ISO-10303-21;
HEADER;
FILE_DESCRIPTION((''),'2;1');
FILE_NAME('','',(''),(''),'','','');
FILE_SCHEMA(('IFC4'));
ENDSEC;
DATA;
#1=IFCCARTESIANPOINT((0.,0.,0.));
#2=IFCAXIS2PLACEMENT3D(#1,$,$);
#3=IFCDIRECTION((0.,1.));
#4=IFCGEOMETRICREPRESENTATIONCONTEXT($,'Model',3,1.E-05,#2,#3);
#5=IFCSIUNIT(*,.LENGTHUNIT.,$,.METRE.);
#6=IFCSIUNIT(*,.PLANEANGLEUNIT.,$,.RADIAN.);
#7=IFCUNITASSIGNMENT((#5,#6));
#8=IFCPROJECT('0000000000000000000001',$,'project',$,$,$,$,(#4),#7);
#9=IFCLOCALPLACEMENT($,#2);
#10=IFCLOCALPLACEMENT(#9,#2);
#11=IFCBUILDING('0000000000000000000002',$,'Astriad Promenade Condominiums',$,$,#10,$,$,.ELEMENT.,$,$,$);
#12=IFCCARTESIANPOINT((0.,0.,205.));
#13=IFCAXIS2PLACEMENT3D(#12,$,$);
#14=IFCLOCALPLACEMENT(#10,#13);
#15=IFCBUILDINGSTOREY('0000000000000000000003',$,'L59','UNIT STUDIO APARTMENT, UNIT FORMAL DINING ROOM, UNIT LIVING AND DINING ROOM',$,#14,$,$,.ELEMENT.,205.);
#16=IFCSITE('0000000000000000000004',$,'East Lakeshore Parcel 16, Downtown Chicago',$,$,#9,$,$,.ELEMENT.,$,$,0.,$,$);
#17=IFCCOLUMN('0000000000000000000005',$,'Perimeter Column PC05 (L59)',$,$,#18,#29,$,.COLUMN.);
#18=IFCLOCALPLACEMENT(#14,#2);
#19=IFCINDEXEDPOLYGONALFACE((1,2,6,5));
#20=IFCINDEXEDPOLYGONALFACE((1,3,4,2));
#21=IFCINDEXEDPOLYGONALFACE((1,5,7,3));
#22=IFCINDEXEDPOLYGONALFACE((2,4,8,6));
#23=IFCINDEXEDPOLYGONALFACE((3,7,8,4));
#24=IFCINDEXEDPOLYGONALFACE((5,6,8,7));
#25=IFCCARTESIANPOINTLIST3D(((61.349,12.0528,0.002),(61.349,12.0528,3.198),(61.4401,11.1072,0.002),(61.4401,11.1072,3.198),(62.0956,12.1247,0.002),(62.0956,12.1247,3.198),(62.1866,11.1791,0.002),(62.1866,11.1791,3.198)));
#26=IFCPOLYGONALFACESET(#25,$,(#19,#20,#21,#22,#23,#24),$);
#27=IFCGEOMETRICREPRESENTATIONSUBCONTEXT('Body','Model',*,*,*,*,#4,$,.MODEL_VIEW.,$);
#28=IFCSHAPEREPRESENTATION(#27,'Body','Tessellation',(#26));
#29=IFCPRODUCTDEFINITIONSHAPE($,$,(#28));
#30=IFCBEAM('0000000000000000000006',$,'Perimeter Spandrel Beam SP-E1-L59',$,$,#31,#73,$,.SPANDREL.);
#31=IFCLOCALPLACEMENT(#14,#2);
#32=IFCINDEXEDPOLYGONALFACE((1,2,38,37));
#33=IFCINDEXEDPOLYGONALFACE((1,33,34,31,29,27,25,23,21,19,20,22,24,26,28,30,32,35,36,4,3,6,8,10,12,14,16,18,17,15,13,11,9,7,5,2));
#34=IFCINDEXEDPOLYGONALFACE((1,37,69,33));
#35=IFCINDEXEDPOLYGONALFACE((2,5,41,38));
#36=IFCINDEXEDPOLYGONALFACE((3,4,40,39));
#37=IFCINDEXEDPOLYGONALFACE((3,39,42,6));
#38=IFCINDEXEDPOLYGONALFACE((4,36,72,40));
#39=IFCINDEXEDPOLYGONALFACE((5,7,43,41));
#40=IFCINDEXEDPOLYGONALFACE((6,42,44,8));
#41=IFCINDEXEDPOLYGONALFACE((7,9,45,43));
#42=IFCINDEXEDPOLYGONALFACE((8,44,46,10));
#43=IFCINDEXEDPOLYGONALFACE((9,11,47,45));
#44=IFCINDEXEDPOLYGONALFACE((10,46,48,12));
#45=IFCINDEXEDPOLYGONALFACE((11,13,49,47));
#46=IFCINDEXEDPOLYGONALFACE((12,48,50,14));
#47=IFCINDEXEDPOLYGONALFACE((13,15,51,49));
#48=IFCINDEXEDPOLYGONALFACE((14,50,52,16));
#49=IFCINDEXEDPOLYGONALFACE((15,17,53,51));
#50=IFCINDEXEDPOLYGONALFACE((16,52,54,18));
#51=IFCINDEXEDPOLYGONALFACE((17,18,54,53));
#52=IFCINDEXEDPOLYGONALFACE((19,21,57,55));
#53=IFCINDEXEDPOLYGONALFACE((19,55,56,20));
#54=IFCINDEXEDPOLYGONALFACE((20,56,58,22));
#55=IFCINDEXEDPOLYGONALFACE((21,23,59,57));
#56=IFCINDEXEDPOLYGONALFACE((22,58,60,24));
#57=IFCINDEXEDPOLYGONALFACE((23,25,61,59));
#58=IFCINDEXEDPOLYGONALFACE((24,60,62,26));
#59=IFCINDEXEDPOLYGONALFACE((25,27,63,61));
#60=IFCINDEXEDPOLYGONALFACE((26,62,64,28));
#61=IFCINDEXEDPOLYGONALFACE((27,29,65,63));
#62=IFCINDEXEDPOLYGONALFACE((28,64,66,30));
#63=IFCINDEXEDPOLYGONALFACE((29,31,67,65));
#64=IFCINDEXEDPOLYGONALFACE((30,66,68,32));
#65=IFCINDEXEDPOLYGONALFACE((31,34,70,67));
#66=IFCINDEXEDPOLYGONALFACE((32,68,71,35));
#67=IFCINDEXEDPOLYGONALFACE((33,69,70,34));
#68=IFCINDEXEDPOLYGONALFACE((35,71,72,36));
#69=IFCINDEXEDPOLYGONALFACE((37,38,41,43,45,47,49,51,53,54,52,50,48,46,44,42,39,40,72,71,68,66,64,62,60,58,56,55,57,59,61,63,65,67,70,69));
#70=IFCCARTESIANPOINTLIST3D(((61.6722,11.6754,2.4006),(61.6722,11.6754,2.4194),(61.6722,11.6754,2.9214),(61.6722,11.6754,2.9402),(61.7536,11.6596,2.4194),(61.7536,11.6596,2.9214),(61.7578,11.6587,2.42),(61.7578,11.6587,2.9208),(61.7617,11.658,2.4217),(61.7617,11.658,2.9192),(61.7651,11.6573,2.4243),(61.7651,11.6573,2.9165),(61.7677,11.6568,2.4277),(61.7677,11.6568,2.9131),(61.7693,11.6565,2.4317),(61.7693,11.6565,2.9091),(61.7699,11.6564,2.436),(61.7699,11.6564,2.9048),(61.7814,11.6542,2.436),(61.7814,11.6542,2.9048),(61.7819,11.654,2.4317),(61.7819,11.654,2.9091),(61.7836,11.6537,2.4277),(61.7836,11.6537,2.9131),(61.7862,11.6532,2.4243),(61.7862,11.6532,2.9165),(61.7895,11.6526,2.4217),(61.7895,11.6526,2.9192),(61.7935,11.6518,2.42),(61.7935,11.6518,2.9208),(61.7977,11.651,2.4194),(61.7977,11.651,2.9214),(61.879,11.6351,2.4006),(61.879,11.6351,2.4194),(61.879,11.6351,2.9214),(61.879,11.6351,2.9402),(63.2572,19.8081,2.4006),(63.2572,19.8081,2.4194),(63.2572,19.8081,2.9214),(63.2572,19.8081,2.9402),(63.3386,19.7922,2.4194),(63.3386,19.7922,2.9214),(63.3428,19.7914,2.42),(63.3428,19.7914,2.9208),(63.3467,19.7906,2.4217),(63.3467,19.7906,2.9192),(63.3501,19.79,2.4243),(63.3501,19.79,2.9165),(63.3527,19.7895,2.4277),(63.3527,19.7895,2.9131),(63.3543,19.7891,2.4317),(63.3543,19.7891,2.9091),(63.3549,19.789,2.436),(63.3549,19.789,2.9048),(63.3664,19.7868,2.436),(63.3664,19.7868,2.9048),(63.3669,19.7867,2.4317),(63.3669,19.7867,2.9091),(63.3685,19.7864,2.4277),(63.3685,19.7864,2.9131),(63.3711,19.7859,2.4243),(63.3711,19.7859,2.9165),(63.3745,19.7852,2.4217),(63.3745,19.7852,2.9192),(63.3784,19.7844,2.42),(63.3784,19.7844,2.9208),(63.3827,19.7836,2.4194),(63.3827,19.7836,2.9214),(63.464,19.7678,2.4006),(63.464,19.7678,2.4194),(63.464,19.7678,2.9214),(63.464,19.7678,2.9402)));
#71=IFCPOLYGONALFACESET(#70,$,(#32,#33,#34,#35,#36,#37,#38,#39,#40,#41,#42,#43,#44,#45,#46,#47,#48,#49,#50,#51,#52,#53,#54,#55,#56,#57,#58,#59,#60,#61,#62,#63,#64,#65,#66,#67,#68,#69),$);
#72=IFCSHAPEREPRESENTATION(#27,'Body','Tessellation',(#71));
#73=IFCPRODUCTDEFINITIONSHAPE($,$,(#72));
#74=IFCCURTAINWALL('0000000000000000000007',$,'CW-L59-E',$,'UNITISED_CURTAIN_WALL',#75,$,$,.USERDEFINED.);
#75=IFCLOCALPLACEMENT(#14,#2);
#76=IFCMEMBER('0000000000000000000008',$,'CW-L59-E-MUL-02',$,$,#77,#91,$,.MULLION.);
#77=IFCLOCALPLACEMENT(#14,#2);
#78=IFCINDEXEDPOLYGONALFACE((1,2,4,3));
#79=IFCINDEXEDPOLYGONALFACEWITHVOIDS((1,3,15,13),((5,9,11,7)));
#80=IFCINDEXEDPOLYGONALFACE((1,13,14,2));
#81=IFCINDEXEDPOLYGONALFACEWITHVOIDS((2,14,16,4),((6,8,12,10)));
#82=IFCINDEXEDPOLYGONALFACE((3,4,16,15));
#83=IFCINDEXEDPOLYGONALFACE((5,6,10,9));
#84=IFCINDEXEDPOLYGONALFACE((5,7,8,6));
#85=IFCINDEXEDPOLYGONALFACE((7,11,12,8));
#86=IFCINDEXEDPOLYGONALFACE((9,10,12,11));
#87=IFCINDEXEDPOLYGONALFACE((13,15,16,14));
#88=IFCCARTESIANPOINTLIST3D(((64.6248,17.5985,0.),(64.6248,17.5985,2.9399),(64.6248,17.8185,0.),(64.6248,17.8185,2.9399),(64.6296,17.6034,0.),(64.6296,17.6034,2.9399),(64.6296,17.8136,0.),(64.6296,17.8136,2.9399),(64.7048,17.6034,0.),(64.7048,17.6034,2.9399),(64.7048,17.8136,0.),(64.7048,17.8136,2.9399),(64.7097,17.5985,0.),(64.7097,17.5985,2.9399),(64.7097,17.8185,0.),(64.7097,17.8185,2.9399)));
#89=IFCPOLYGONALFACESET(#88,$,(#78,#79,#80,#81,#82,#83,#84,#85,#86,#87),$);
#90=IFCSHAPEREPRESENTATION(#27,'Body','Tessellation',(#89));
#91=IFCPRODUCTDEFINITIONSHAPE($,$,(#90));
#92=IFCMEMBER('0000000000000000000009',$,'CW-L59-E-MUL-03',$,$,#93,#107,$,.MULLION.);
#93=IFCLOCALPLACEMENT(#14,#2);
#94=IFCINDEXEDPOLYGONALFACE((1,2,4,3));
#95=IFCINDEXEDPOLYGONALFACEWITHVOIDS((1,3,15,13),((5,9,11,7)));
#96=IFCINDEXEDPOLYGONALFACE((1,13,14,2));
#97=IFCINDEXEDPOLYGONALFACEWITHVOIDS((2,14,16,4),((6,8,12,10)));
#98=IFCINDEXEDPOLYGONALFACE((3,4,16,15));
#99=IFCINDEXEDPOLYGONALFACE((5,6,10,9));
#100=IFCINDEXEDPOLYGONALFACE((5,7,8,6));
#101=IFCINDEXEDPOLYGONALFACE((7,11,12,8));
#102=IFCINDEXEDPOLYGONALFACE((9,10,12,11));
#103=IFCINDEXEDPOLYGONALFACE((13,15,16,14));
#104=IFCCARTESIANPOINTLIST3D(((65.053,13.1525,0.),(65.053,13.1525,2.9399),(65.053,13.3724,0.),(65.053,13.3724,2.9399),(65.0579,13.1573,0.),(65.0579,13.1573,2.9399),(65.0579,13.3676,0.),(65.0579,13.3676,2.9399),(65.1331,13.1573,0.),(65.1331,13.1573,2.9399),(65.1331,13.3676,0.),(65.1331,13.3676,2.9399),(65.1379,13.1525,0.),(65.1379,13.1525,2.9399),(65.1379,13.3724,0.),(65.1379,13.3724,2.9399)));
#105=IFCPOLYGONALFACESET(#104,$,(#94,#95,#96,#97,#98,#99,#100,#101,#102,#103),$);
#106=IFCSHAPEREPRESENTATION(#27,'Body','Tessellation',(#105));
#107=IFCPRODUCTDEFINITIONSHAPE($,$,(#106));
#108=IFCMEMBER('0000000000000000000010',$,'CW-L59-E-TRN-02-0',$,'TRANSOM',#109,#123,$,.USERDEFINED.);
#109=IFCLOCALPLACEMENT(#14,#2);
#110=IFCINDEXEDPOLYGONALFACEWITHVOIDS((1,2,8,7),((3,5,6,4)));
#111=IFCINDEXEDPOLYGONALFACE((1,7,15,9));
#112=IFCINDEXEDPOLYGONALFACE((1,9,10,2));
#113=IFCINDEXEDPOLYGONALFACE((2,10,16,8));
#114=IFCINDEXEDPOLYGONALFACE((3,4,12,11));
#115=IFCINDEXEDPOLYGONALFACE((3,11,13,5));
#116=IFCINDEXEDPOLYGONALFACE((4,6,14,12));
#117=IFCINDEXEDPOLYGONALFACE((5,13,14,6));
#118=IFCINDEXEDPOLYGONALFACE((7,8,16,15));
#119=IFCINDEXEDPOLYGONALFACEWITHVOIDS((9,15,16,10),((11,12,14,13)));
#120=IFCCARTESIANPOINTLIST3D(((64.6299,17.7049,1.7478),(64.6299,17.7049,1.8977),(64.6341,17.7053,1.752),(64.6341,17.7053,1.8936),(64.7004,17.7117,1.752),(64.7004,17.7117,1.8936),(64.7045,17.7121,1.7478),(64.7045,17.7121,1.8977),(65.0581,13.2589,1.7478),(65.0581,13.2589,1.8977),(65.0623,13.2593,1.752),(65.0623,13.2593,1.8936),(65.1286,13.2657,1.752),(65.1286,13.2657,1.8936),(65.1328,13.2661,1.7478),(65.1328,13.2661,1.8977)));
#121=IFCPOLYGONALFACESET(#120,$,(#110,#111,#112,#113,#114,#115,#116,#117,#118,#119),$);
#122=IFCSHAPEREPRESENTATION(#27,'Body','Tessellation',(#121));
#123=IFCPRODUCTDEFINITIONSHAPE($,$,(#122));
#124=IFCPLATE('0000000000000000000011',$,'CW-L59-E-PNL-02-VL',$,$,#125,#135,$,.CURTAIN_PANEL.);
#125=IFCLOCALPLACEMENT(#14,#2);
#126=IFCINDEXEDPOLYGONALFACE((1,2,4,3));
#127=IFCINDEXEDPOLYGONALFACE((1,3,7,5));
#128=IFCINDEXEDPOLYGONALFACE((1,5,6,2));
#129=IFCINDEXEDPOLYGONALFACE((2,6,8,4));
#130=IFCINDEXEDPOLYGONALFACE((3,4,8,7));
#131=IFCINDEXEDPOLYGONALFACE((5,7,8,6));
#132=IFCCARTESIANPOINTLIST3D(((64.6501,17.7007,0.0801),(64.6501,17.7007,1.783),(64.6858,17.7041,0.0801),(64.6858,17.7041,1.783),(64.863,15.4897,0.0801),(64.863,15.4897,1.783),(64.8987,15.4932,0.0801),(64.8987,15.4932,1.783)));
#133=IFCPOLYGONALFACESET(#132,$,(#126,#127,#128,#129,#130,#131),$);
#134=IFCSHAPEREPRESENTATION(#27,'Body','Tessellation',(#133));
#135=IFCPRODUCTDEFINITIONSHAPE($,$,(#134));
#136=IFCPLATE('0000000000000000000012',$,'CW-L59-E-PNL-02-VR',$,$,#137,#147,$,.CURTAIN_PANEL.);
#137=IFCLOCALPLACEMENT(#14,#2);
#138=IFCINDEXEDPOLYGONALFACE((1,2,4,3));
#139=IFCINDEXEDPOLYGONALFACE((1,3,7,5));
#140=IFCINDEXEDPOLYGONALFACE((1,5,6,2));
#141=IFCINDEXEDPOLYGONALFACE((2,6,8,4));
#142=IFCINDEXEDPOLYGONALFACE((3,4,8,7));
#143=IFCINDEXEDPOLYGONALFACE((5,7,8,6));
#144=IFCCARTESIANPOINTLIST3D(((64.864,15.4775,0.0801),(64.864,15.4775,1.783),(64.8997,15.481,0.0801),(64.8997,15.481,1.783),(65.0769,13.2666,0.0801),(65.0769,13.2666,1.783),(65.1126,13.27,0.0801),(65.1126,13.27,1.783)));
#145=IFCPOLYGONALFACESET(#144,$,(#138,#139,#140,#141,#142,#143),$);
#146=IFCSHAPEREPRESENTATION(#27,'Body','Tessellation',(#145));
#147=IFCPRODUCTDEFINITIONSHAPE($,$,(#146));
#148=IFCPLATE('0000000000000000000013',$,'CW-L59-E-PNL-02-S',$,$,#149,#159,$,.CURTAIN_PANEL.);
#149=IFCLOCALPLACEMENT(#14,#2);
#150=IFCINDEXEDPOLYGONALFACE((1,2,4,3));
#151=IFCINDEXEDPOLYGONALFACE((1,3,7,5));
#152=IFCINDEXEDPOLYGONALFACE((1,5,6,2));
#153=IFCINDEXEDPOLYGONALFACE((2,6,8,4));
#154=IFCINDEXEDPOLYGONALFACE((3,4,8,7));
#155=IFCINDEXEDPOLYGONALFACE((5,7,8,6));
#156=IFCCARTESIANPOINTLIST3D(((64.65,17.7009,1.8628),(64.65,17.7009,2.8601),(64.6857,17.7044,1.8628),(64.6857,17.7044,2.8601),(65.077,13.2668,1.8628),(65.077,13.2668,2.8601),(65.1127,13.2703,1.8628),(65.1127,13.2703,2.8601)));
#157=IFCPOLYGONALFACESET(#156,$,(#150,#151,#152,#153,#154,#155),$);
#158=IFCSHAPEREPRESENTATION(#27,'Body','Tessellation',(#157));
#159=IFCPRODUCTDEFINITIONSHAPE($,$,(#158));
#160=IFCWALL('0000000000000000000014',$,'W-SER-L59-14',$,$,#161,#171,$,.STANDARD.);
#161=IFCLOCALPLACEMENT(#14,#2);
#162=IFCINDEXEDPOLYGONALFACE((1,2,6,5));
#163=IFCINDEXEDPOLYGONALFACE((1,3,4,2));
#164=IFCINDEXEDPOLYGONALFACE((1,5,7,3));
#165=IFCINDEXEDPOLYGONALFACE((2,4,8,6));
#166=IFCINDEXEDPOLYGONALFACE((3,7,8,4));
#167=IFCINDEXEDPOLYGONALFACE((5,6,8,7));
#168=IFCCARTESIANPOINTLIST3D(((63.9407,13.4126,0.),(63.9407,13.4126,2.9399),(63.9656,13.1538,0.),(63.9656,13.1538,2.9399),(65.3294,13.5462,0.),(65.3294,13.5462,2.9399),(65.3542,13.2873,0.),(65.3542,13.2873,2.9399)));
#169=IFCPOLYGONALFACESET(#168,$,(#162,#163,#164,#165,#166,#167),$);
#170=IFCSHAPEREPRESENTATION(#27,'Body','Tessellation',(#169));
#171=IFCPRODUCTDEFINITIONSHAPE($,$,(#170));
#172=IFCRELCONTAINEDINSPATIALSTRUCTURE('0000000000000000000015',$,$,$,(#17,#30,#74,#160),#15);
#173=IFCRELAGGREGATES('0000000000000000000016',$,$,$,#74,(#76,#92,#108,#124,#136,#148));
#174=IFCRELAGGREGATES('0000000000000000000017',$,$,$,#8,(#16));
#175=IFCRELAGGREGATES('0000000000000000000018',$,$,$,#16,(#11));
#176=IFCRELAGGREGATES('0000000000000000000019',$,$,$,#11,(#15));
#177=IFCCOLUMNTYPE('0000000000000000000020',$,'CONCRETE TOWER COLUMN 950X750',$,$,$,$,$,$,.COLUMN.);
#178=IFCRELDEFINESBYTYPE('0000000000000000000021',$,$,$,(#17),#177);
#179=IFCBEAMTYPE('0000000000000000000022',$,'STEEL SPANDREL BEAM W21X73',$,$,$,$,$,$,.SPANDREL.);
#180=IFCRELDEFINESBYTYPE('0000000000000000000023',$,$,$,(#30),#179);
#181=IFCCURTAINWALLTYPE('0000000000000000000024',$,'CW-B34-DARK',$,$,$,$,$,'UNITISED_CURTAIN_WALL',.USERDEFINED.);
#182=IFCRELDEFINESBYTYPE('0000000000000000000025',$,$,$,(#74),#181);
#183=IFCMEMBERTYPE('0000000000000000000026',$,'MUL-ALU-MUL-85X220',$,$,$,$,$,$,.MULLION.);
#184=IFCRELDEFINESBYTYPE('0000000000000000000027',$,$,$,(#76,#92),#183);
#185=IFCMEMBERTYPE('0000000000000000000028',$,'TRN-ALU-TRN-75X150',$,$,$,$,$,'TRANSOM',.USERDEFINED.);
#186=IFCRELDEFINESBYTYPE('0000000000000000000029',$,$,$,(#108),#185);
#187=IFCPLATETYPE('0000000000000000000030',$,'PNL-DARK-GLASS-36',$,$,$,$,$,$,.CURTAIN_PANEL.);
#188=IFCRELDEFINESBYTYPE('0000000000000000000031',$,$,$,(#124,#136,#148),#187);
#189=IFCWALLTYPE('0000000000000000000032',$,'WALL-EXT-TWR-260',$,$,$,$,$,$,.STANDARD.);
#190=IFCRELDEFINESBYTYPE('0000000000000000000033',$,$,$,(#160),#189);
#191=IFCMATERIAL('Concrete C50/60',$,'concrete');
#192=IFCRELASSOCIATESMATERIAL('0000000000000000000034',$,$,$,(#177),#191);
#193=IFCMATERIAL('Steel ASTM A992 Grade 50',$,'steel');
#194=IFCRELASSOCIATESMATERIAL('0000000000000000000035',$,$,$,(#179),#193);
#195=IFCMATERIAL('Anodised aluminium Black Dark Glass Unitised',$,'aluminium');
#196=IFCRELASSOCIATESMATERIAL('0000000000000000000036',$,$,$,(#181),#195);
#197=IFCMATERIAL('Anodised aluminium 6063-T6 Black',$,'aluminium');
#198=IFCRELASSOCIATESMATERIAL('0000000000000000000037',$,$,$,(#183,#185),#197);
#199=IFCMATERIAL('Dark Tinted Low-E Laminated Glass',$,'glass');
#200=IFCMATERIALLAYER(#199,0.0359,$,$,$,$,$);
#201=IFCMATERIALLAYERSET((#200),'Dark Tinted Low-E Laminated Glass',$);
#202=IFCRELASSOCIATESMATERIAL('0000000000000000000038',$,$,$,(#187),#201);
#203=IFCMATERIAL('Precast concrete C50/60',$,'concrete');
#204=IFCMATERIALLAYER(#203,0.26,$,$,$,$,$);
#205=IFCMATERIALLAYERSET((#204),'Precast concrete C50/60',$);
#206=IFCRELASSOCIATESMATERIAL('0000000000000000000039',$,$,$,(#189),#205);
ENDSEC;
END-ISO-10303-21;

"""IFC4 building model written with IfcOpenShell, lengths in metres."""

from ifc_helpers import new_model, si_unit, direction, frame, frame_2d, origin, origin_2d, place, context, subcontext, project, spatial, rectangle, hollow_rectangle, i_section, extrude, source, transform, mapped, material, layer, layer_set, material_profile, profile_set, type_object, type_shapes, element, aggregate, save


model = new_model("IFC4")

# Units and contexts
model_context = context("Model", 3, precision=1e-05, world=origin(), true_north=direction((0.0, 1.0)))
body_context = subcontext(model_context, "Body", "Model", "MODEL_VIEW")
ifc_project = project(units=[si_unit("LENGTHUNIT", "METRE"), si_unit("PLANEANGLEUNIT", "RADIAN")], contexts=[model_context])

# Site, building, storey
site_placement = place(None, origin())
site = spatial("IfcSite", under=ifc_project, at=site_placement, Name="East Lakeshore Parcel 16, Downtown Chicago", CompositionType="ELEMENT", RefElevation=0.0)
building_placement = place(site_placement, origin())
building = spatial("IfcBuilding", under=site, at=building_placement, Name="Astriad Promenade Condominiums", CompositionType="ELEMENT")
storey_placement = place(building_placement, frame((0.0, 0.0, 205.0)))
storey = spatial("IfcBuildingStorey", under=building, at=storey_placement, Name="L59", Description="UNIT STUDIO APARTMENT, UNIT FORMAL DINING ROOM, UNIT LIVING AND DINING ROOM", CompositionType="ELEMENT", Elevation=205.0)

# Column
ifc_material_1 = material(Name="Concrete C50/60", Category="concrete")
ifc_material_profile_1 = material_profile(ifc_material_1, rectangle(XDim=0.75, YDim=0.95, at=origin_2d()), Name="RC-COL-950X750")
ifc_profile_set_1 = profile_set([ifc_material_profile_1], Name="Concrete C50/60")
column_type = type_object("IfcColumnType", Name="CONCRETE TOWER COLUMN 950X750", PredefinedType="COLUMN", material=ifc_profile_set_1)
shared_shape_1 = source(origin(), body_context, "Body", "SweptSolid", [
    extrude(rectangle(XDim=0.75, YDim=0.95, at=origin_2d()), origin(), (0.0, 0.0, 1.0), 3.196),
])
type_shapes(column_type, [shared_shape_1])
column_placement = place(storey_placement, frame((61.7678, 11.616, 0.002), z_axis=(0.0, 0.0, 1.0), x_axis=(0.995396, 0.095846, 0.0)))
element("IfcColumn", 1, at=column_placement, inside=storey, type_object=column_type, Name="Perimeter Column PC05 (L59)", PredefinedType="COLUMN", context=body_context, shape_type="MappedRepresentation", body=[
    mapped(shared_shape_1, transform((0.0, 0.0, 0.0), scale=1.0)),
])

# Beam
ifc_material_2 = material(Name="Steel ASTM A992 Grade 50", Category="steel")
ifc_material_profile_2 = material_profile(ifc_material_2, i_section(OverallWidth=0.2107, OverallDepth=0.5396, WebThickness=0.0117, FlangeThickness=0.0188, FilletRadius=0.0166, at=origin_2d()), Name="W21X73")
ifc_profile_set_2 = profile_set([ifc_material_profile_2], Name="Steel ASTM A992 Grade 50")
beam_type = type_object("IfcBeamType", Name="STEEL SPANDREL BEAM W21X73", PredefinedType="SPANDREL", material=ifc_profile_set_2)
shared_shape_2 = source(origin(), body_context, "Body", "SweptSolid", [
    extrude(i_section(OverallWidth=0.2107, OverallDepth=0.5396, WebThickness=0.0117, FlangeThickness=0.0188, FilletRadius=0.0166, at=origin_2d()), origin(), (0.0, 0.0, 1.0), 8.2856),
])
type_shapes(beam_type, [shared_shape_2])
beam_placement = place(storey_placement, frame((61.7756, 11.6553, 2.6704), z_axis=(0.191292, 0.981533, 0.0), x_axis=(-0.981533, 0.191292, 0.0)))
element("IfcBeam", 2, at=beam_placement, inside=storey, type_object=beam_type, Name="Perimeter Spandrel Beam SP-E1-L59", PredefinedType="SPANDREL", context=body_context, shape_type="MappedRepresentation", body=[
    mapped(shared_shape_2, transform((0.0, 0.0, 0.0), scale=1.0)),
])

# Curtain wall, members, plates
ifc_material_3 = material(Name="Anodised aluminium Black Dark Glass Unitised", Category="aluminium")
curtain_wall_type = type_object("IfcCurtainWallType", Name="CW-B34-DARK", ElementType="UNITISED_CURTAIN_WALL", PredefinedType="USERDEFINED", material=ifc_material_3)
curtain_wall_placement = place(storey_placement, origin())
curtain_wall = element("IfcCurtainWall", 3, at=curtain_wall_placement, inside=storey, type_object=curtain_wall_type, Name="CW-L59-E", ObjectType="UNITISED_CURTAIN_WALL", PredefinedType="USERDEFINED")
ifc_material_4 = material(Name="Anodised aluminium 6063-T6 Black", Category="aluminium")
ifc_material_profile_3 = material_profile(ifc_material_4, hollow_rectangle(XDim=0.085, YDim=0.22, WallThickness=0.0049, at=origin_2d()), Name="ALU-MUL-85X220")
ifc_profile_set_3 = profile_set([ifc_material_profile_3], Name="Anodised aluminium 6063-T6 Black")
member_type_1 = type_object("IfcMemberType", Name="MUL-ALU-MUL-85X220", PredefinedType="MULLION", material=ifc_profile_set_3)
shared_shape_3 = source(origin(), body_context, "Body", "SweptSolid", [
    extrude(hollow_rectangle(XDim=0.085, YDim=0.22, WallThickness=0.0049, at=origin_2d()), origin(), (0.0, 0.0, 1.0), 2.9399),
])
type_shapes(member_type_1, [shared_shape_3])
member_1_placement = place(storey_placement, frame((64.6672, 17.7085, 0.0), z_axis=(0.0, 0.0, 1.0), x_axis=(1.0, 0.0, 0.0)))
member_1 = element("IfcMember", 4, at=member_1_placement, type_object=member_type_1, Name="CW-L59-E-MUL-02", PredefinedType="MULLION", context=body_context, shape_type="MappedRepresentation", body=[
    mapped(shared_shape_3, transform((0.0, 0.0, 0.0), scale=1.0)),
])
member_2_placement = place(storey_placement, frame((65.0955, 13.2625, 0.0), z_axis=(0.0, 0.0, 1.0), x_axis=(1.0, 0.0, 0.0)))
member_2 = element("IfcMember", 5, at=member_2_placement, type_object=member_type_1, Name="CW-L59-E-MUL-03", PredefinedType="MULLION", context=body_context, shape_type="MappedRepresentation", body=[
    mapped(shared_shape_3, transform((0.0, 0.0, 0.0), scale=1.0)),
])
ifc_material_profile_4 = material_profile(ifc_material_4, hollow_rectangle(XDim=0.075, YDim=0.1499, WallThickness=0.0042, at=origin_2d()), Name="ALU-TRN-75X150")
ifc_profile_set_4 = profile_set([ifc_material_profile_4], Name="Anodised aluminium 6063-T6 Black")
member_type_2 = type_object("IfcMemberType", Name="TRN-ALU-TRN-75X150", ElementType="TRANSOM", PredefinedType="USERDEFINED", material=ifc_profile_set_4)
shared_shape_4 = source(origin(), body_context, "Body", "SweptSolid", [
    extrude(hollow_rectangle(XDim=0.075, YDim=0.1499, WallThickness=0.0042, at=origin_2d()), origin(), (0.0, 0.0, 1.0), 4.4666),
])
type_shapes(member_type_2, [shared_shape_4])
member_3_placement = place(storey_placement, frame((64.6672, 17.7085, 1.8228), z_axis=(0.095872, -0.995394, 0.0), x_axis=(0.995394, 0.095872, 0.0)))
member_3 = element("IfcMember", 6, at=member_3_placement, type_object=member_type_2, Name="CW-L59-E-TRN-02-0", ObjectType="TRANSOM", PredefinedType="USERDEFINED", context=body_context, shape_type="MappedRepresentation", body=[
    mapped(shared_shape_4, transform((0.0, 0.0, 0.0), scale=1.0)),
])
ifc_material_5 = material(Name="Dark Tinted Low-E Laminated Glass", Category="glass")
ifc_layer_1 = layer(ifc_material_5, 0.0359)
ifc_layer_set_1 = layer_set([ifc_layer_1], Name="Dark Tinted Low-E Laminated Glass")
plate_type = type_object("IfcPlateType", Name="PNL-DARK-GLASS-36", PredefinedType="CURTAIN_PANEL", material=ifc_layer_set_1)
shared_shape_5 = source(origin(), body_context, "Body", "SweptSolid", [
    extrude(rectangle(XDim=2.2212, YDim=0.0359, at=origin_2d()), origin(), (0.0, 0.0, 1.0), 1.7029),
])
plate_1_placement = place(storey_placement, frame((64.7744, 16.5969, 0.0801), z_axis=(0.0, 0.0, 1.0), x_axis=(0.095846, -0.995396, 0.0)))
plate_1 = element("IfcPlate", 7, at=plate_1_placement, type_object=plate_type, Name="CW-L59-E-PNL-02-VL", PredefinedType="CURTAIN_PANEL", context=body_context, shape_type="MappedRepresentation", body=[
    mapped(shared_shape_5, transform((0.0, 0.0, 0.0), scale=1.0)),
])
plate_2_placement = place(storey_placement, frame((64.9883, 14.3738, 0.0801), z_axis=(0.0, 0.0, 1.0), x_axis=(0.095846, -0.995396, 0.0)))
plate_2 = element("IfcPlate", 8, at=plate_2_placement, type_object=plate_type, Name="CW-L59-E-PNL-02-VR", PredefinedType="CURTAIN_PANEL", context=body_context, shape_type="MappedRepresentation", body=[
    mapped(shared_shape_5, transform((0.0, 0.0, 0.0), scale=1.0)),
])
shared_shape_6 = source(origin(), body_context, "Body", "SweptSolid", [
    extrude(rectangle(XDim=4.4546, YDim=0.0359, at=origin_2d()), origin(), (0.0, 0.0, 1.0), 0.9973),
])
type_shapes(plate_type, [shared_shape_5, shared_shape_6])
plate_3_placement = place(storey_placement, frame((64.8813, 15.4856, 1.8628), z_axis=(0.0, 0.0, 1.0), x_axis=(0.095846, -0.995396, 0.0)))
plate_3 = element("IfcPlate", 9, at=plate_3_placement, type_object=plate_type, Name="CW-L59-E-PNL-02-S", PredefinedType="CURTAIN_PANEL", context=body_context, shape_type="MappedRepresentation", body=[
    mapped(shared_shape_6, transform((0.0, 0.0, 0.0), scale=1.0)),
])
aggregate(curtain_wall, [member_1, member_2, member_3, plate_1, plate_2, plate_3])

# Wall
ifc_material_6 = material(Name="Precast concrete C50/60", Category="concrete")
ifc_layer_2 = layer(ifc_material_6, 0.26)
ifc_layer_set_2 = layer_set([ifc_layer_2], Name="Precast concrete C50/60")
wall_type_1 = type_object("IfcWallType", Name="WALL-EXT-TWR-260", PredefinedType="STANDARD", material=ifc_layer_set_2)
wall_1_placement = place(storey_placement, frame((65.3418, 13.4167, 0.0), z_axis=(0.0, 0.0, 1.0), x_axis=(-0.995408, -0.095726, 0.0)))
element("IfcWall", 10, at=wall_1_placement, inside=storey, type_object=wall_type_1, Name="W-SER-L59-14", PredefinedType="STANDARD", context=body_context, shape_type="SweptSolid", body=[
    extrude(rectangle(XDim=1.395, YDim=0.26, at=frame_2d((0.6975, 0.0))), origin(), (0.0, 0.0, 1.0), 2.9399),
])

save(model, "model.ifc")
